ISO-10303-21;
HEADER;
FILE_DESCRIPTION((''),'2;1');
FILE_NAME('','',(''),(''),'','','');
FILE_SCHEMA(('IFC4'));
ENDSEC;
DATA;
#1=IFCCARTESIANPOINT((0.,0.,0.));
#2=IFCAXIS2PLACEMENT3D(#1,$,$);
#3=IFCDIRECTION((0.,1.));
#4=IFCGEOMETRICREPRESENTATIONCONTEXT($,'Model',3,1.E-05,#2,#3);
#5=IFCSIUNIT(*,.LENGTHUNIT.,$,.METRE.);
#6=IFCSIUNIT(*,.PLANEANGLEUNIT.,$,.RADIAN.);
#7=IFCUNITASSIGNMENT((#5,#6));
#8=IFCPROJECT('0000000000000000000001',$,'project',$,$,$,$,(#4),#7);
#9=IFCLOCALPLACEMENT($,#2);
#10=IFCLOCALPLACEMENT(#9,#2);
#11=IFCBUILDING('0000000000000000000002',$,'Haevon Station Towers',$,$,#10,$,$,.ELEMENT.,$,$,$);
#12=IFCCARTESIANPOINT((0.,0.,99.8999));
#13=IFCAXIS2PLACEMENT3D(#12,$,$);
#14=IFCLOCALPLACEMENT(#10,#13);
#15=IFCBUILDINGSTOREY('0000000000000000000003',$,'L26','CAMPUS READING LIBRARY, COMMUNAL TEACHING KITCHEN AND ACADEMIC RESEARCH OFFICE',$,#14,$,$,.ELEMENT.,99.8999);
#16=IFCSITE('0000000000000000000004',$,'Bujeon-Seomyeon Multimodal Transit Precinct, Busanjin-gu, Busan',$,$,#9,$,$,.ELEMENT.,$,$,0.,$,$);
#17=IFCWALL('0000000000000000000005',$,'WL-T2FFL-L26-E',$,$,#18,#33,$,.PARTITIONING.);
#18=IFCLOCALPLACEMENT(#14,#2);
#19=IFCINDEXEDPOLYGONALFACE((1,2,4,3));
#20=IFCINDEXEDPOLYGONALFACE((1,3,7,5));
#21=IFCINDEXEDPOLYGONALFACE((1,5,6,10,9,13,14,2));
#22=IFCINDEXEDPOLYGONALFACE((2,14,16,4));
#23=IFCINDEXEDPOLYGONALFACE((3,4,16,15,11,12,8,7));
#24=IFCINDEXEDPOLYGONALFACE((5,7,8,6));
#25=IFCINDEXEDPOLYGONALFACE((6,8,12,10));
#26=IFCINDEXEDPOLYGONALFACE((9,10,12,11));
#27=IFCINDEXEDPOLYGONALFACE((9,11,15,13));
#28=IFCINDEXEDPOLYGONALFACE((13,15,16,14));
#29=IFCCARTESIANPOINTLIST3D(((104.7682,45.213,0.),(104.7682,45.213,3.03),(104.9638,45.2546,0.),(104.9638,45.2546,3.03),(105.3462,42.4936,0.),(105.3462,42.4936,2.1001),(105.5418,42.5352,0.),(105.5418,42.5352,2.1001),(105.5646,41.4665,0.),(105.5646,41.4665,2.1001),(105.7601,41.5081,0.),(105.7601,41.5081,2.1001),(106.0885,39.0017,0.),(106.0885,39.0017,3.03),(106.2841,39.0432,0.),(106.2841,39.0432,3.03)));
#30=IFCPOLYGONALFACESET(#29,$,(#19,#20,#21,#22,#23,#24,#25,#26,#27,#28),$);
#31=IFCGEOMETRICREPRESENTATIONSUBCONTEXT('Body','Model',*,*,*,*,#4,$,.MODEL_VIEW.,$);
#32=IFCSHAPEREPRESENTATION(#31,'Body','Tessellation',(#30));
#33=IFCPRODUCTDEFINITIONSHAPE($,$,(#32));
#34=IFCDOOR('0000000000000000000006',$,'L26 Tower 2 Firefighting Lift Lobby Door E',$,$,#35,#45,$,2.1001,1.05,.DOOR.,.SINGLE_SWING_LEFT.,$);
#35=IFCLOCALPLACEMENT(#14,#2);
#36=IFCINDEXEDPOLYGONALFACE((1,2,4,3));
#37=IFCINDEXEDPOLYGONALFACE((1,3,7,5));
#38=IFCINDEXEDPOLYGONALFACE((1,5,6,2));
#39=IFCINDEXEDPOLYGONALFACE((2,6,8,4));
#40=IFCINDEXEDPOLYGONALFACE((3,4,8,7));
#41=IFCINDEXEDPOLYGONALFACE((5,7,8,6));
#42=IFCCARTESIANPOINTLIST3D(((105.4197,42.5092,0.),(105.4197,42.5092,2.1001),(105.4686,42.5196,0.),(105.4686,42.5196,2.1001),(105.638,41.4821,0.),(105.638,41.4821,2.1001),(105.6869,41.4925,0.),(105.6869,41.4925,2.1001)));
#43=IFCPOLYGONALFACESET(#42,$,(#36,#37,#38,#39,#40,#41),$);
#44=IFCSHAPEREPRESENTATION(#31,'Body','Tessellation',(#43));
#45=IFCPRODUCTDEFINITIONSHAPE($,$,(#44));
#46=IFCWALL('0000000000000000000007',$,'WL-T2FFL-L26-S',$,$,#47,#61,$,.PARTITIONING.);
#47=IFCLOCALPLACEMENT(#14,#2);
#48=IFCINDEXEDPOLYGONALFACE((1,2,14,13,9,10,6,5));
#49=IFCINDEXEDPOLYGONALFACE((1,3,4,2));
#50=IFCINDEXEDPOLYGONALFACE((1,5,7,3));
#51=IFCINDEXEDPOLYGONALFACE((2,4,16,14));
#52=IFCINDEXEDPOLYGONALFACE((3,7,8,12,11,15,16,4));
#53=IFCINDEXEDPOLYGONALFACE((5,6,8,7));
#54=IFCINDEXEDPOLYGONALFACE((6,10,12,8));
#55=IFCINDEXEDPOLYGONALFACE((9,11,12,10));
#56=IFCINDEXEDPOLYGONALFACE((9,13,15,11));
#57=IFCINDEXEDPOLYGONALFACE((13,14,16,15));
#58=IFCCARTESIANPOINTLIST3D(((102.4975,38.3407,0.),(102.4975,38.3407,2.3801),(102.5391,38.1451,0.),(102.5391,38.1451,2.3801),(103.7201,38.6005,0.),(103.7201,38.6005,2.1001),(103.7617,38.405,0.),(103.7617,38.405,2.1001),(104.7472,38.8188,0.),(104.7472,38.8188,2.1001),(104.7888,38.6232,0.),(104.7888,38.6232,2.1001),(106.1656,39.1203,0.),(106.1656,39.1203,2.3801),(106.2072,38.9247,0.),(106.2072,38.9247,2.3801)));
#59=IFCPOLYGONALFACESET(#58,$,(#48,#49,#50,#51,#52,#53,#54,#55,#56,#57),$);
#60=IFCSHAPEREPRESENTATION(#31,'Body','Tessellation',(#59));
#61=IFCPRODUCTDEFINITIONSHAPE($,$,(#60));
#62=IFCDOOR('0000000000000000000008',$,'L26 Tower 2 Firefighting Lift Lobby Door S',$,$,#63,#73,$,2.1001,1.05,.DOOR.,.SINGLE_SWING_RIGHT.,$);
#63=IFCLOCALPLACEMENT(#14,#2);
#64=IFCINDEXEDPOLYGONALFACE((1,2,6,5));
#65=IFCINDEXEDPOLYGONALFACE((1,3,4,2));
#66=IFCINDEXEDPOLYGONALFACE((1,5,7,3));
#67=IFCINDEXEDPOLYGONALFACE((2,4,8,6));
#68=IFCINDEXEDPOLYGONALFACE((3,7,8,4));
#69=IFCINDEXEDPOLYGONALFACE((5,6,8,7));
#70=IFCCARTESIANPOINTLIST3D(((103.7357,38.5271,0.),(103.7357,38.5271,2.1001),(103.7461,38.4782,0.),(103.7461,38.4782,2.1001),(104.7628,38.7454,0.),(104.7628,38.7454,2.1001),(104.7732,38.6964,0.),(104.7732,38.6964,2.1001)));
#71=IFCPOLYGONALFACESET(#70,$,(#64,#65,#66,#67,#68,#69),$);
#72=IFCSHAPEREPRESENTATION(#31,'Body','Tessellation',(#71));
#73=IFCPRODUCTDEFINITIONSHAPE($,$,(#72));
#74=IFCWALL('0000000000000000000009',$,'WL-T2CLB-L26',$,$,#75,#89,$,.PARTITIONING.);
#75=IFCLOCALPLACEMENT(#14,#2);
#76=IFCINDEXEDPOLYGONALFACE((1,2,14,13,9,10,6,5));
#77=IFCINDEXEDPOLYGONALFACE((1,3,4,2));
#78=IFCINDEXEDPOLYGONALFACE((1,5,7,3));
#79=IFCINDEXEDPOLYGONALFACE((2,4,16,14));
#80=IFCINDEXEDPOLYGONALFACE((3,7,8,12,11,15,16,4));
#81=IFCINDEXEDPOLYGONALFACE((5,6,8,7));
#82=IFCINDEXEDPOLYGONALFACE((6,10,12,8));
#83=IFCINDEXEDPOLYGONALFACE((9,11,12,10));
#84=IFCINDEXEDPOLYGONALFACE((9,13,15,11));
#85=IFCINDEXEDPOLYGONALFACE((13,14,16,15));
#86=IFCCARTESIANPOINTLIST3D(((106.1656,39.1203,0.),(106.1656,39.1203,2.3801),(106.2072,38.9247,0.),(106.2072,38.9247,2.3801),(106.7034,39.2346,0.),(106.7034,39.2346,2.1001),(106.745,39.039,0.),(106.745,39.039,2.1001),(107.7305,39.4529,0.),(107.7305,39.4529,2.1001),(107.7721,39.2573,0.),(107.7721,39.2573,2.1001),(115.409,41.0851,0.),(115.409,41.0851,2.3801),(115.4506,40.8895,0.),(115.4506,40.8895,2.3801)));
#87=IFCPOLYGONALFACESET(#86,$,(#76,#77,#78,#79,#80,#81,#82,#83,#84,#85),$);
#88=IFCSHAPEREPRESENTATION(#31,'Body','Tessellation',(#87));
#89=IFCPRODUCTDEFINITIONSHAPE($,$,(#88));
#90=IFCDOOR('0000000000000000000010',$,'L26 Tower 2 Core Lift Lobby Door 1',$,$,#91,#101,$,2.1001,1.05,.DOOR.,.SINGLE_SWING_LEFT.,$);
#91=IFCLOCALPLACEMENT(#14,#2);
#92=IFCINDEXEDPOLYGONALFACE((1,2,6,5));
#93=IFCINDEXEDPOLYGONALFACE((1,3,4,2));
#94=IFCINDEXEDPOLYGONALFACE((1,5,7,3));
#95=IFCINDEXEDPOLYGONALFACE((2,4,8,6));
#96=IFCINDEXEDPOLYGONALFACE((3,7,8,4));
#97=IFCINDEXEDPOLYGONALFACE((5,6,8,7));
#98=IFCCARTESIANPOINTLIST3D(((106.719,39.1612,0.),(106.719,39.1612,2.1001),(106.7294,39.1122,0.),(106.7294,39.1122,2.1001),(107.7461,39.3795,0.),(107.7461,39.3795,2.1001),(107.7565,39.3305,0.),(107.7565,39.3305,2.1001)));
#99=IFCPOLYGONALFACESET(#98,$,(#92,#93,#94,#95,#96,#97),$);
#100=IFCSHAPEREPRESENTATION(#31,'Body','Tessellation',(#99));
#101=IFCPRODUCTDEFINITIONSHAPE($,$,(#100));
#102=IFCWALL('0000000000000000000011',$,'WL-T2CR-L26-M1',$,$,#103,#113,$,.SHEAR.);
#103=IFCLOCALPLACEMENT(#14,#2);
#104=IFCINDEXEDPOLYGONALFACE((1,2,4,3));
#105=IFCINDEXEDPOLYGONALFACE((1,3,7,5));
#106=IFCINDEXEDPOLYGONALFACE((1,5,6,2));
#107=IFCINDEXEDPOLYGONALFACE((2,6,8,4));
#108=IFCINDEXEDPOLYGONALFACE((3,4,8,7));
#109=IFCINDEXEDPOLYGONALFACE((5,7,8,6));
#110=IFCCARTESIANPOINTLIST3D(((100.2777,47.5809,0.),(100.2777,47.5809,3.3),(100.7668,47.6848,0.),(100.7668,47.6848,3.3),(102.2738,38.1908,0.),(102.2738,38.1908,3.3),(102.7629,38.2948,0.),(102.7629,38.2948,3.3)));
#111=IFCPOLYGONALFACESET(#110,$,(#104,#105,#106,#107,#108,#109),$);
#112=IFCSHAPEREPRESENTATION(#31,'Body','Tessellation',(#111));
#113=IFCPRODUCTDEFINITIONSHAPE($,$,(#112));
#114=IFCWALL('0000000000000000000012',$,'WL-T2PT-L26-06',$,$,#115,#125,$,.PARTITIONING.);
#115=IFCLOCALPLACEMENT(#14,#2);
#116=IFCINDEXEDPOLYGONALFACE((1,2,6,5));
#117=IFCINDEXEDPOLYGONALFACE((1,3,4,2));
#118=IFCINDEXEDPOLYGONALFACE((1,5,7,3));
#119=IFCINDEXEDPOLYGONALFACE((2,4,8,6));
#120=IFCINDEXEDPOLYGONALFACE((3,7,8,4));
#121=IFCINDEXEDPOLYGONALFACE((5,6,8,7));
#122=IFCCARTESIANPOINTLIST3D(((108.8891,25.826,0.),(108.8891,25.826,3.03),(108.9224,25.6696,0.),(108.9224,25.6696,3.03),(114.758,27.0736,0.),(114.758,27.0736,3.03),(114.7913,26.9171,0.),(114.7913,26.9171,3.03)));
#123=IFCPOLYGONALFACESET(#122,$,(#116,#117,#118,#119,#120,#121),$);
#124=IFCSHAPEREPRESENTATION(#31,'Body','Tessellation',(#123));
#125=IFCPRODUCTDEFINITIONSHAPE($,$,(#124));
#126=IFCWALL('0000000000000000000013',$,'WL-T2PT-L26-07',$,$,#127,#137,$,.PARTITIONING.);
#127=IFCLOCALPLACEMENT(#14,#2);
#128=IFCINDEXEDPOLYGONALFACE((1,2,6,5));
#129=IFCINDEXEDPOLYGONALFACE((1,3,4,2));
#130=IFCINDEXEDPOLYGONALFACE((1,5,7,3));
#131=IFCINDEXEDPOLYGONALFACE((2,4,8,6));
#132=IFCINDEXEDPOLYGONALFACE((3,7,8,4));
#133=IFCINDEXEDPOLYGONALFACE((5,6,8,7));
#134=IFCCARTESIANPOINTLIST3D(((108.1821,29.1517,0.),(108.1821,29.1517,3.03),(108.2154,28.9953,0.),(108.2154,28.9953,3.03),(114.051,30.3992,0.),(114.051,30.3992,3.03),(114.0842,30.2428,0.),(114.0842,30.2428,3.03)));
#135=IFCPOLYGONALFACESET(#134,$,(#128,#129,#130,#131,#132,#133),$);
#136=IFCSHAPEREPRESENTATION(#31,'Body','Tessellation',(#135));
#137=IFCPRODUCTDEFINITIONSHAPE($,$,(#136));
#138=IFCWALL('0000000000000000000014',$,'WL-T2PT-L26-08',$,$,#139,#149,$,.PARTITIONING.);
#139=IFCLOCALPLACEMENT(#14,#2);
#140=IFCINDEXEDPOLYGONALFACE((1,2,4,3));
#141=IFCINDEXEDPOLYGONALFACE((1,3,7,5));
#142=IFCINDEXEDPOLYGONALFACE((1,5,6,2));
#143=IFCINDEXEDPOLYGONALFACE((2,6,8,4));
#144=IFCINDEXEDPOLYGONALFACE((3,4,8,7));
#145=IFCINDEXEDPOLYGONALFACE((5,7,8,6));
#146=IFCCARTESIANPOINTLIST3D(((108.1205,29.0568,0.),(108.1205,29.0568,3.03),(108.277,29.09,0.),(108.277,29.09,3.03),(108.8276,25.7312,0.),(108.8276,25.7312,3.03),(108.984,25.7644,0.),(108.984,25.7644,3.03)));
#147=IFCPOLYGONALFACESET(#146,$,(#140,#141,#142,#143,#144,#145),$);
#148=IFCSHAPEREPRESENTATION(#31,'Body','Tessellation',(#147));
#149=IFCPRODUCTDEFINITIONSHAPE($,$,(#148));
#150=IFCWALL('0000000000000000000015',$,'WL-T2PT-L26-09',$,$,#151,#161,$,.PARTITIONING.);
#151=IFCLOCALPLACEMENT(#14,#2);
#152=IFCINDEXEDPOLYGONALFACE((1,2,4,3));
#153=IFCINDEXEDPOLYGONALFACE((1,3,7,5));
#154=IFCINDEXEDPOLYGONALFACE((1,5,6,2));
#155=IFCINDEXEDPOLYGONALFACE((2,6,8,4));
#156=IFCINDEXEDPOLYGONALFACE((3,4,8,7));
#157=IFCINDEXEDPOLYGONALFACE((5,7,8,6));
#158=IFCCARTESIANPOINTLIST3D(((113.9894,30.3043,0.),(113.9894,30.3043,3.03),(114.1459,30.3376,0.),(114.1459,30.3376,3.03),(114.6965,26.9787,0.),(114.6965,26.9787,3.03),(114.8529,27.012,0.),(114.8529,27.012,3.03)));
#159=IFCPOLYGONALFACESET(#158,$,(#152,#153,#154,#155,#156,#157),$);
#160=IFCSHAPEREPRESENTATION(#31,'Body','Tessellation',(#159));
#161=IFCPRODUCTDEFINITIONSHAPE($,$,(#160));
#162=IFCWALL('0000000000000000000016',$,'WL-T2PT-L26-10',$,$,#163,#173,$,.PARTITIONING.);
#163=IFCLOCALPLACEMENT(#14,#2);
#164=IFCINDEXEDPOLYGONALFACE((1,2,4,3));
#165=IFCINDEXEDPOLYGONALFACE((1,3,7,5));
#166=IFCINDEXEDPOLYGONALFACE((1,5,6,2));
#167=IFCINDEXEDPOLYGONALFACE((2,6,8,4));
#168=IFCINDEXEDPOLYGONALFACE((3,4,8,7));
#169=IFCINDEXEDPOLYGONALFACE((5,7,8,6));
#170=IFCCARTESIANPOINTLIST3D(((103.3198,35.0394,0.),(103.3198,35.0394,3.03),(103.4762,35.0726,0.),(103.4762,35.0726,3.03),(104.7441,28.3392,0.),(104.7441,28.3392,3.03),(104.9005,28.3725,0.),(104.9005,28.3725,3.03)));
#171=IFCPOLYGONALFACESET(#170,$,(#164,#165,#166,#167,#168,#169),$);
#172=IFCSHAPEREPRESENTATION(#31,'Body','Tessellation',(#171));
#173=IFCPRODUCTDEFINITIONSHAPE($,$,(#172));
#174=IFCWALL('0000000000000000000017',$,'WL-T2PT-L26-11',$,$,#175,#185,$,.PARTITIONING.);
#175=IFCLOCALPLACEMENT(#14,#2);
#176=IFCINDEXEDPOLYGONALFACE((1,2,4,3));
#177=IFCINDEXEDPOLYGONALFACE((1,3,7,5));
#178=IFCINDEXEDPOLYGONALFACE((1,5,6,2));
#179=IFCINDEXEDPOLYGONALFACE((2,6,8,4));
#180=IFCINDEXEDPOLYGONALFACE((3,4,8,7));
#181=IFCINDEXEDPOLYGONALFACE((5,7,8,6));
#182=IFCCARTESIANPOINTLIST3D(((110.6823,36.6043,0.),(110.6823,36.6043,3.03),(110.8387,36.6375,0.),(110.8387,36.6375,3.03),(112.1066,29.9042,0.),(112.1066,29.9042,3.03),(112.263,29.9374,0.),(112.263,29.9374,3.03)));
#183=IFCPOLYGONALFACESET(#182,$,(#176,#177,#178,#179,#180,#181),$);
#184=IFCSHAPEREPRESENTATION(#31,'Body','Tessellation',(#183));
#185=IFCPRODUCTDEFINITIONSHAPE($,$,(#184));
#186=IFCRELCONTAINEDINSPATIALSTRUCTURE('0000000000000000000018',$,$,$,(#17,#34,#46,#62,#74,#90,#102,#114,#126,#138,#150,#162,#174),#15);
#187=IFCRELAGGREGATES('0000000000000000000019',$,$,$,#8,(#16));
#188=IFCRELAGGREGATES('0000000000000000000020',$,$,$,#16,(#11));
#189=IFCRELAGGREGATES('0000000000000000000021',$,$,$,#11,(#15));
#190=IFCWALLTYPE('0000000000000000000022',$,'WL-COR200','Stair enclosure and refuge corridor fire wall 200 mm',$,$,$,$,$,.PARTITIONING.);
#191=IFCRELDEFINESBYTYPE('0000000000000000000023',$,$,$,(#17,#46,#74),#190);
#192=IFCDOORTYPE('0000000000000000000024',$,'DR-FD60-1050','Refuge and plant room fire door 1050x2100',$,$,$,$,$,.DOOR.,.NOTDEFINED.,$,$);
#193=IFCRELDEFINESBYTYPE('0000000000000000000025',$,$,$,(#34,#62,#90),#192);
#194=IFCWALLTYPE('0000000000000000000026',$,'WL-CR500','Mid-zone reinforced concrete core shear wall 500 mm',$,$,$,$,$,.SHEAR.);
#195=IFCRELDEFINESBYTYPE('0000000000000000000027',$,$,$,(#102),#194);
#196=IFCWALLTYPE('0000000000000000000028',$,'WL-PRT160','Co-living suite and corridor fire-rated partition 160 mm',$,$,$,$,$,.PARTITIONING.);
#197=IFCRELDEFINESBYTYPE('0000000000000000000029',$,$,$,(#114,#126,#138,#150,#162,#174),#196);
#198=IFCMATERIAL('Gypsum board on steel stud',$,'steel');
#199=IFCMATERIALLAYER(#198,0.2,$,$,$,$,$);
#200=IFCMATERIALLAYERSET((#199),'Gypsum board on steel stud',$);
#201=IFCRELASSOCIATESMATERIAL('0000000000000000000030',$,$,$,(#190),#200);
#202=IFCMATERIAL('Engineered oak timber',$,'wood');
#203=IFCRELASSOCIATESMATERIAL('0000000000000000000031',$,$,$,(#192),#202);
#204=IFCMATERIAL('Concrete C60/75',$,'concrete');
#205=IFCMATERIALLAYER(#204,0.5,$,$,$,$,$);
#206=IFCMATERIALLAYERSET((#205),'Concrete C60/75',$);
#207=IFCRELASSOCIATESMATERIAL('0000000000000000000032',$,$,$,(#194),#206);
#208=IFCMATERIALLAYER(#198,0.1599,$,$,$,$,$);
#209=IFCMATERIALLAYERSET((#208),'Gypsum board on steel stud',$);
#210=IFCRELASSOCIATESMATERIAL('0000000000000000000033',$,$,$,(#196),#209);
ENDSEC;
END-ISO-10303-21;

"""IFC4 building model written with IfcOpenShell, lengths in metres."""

from ifc_helpers import new_model, si_unit, direction, frame, frame_2d, origin, place, context, subcontext, project, spatial, rectangle, extrude, material, layer, layer_set, type_object, element, fill, save


model = new_model("IFC4")

# Units and contexts
model_context = context("Model", 3, precision=1e-05, world=origin(), true_north=direction((0.0, 1.0)))
body_context = subcontext(model_context, "Body", "Model", "MODEL_VIEW")
ifc_project = project(units=[si_unit("LENGTHUNIT", "METRE"), si_unit("PLANEANGLEUNIT", "RADIAN")], contexts=[model_context])

# Site, building, storey
site_placement = place(None, origin())
site = spatial("IfcSite", under=ifc_project, at=site_placement, Name="Bujeon-Seomyeon Multimodal Transit Precinct, Busanjin-gu, Busan", CompositionType="ELEMENT", RefElevation=0.0)
building_placement = place(site_placement, origin())
building = spatial("IfcBuilding", under=site, at=building_placement, Name="Haevon Station Towers", CompositionType="ELEMENT")
storey_placement = place(building_placement, frame((0.0, 0.0, 99.8999)))
storey = spatial("IfcBuildingStorey", under=building, at=storey_placement, Name="L26", Description="CAMPUS READING LIBRARY, COMMUNAL TEACHING KITCHEN AND ACADEMIC RESEARCH OFFICE", CompositionType="ELEMENT", Elevation=99.8999)

# Walls, openings, doors
ifc_material_1 = material(Name="Gypsum board on steel stud", Category="steel")
ifc_layer_1 = layer(ifc_material_1, 0.2)
ifc_layer_set_1 = layer_set([ifc_layer_1], Name="Gypsum board on steel stud")
wall_type_1 = type_object("IfcWallType", Name="WL-COR200", Description="Stair enclosure and refuge corridor fire wall 200 mm", PredefinedType="PARTITIONING", material=ifc_layer_set_1)
wall_1_placement = place(storey_placement, frame((106.1863, 39.0225, 0.0), z_axis=(0.0, 0.0, 1.0), x_axis=(-0.207917, 0.978147, 0.0)))
wall_1 = element("IfcWall", 1, at=wall_1_placement, inside=storey, type_object=wall_type_1, Name="WL-T2FFL-L26-E", PredefinedType="PARTITIONING", context=body_context, shape_type="SweptSolid", body=[
    extrude(rectangle(XDim=6.3501, YDim=0.2, at=frame_2d((3.175, 0.0))), origin(), (0.0, 0.0, 1.0), 3.03),
])
opening_1_placement = place(wall_1_placement, frame((2.52, 0.0, 0.0)))
opening_1 = element("IfcOpeningElement", 2, at=opening_1_placement, cuts=wall_1, PredefinedType="OPENING", context=body_context, shape_type="SweptSolid", body=[
    extrude(rectangle(XDim=1.05, YDim=2.1001, at=frame_2d((0.5249, 1.05))), frame((0.0, 0.1099, 0.0), z_axis=(0.0, -1.0, 0.0), x_axis=(1.0, 0.0, 0.0)), (0.0, 0.0, 1.0), 0.22),
])
ifc_material_2 = material(Name="Engineered oak timber", Category="wood")
door_type = type_object("IfcDoorType", Name="DR-FD60-1050", Description="Refuge and plant room fire door 1050x2100", OperationType="NOTDEFINED", PredefinedType="DOOR", material=ifc_material_2)
door_1_placement = place(opening_1_placement, origin())
door_1 = element("IfcDoor", 3, at=door_1_placement, inside=storey, type_object=door_type, Name="L26 Tower 2 Firefighting Lift Lobby Door E", OperationType="SINGLE_SWING_LEFT", OverallHeight=2.1001, OverallWidth=1.05, PredefinedType="DOOR", context=body_context, shape_type="SweptSolid", body=[
    extrude(rectangle(XDim=1.05, YDim=2.1001, at=frame_2d((0.5249, 1.05))), frame((0.0, 0.0249, 0.0), z_axis=(0.0, -1.0, 0.0), x_axis=(1.0, 0.0, 0.0)), (0.0, 0.0, 1.0), 0.05),
])
fill(opening_1, door_1)
wall_2_placement = place(storey_placement, frame((102.5183, 38.2429, 0.0), z_axis=(0.0, 0.0, 1.0), x_axis=(0.978154, 0.207884, 0.0)))
wall_2 = element("IfcWall", 4, at=wall_2_placement, inside=storey, type_object=wall_type_1, Name="WL-T2FFL-L26-S", PredefinedType="PARTITIONING", context=body_context, shape_type="SweptSolid", body=[
    extrude(rectangle(XDim=3.75, YDim=0.2, at=frame_2d((1.875, 0.0))), origin(), (0.0, 0.0, 1.0), 2.3801),
])
opening_2_placement = place(wall_2_placement, frame((1.25, 0.0, 0.0)))
opening_2 = element("IfcOpeningElement", 5, at=opening_2_placement, cuts=wall_2, PredefinedType="OPENING", context=body_context, shape_type="SweptSolid", body=[
    extrude(rectangle(XDim=1.05, YDim=2.1001, at=frame_2d((0.5249, 1.05))), frame((0.0, 0.1099, 0.0), z_axis=(0.0, -1.0, 0.0), x_axis=(1.0, 0.0, 0.0)), (0.0, 0.0, 1.0), 0.22),
])
door_2_placement = place(opening_2_placement, origin())
door_2 = element("IfcDoor", 6, at=door_2_placement, inside=storey, type_object=door_type, Name="L26 Tower 2 Firefighting Lift Lobby Door S", OperationType="SINGLE_SWING_RIGHT", OverallHeight=2.1001, OverallWidth=1.05, PredefinedType="DOOR", context=body_context, shape_type="SweptSolid", body=[
    extrude(rectangle(XDim=1.05, YDim=2.1001, at=frame_2d((0.5249, 1.05))), frame((0.0, 0.0249, 0.0), z_axis=(0.0, -1.0, 0.0), x_axis=(1.0, 0.0, 0.0)), (0.0, 0.0, 1.0), 0.05),
])
fill(opening_2, door_2)
wall_3_placement = place(storey_placement, frame((106.1863, 39.0225, 0.0), z_axis=(0.0, 0.0, 1.0), x_axis=(0.978146, 0.207921, 0.0)))
wall_3 = element("IfcWall", 7, at=wall_3_placement, inside=storey, type_object=wall_type_1, Name="WL-T2CLB-L26", PredefinedType="PARTITIONING", context=body_context, shape_type="SweptSolid", body=[
    extrude(rectangle(XDim=9.45, YDim=0.2, at=frame_2d((4.7251, 0.0))), origin(), (0.0, 0.0, 1.0), 2.3801),
])
opening_3_placement = place(wall_3_placement, frame((0.55, 0.0, 0.0)))
opening_3 = element("IfcOpeningElement", 8, at=opening_3_placement, cuts=wall_3, PredefinedType="OPENING", context=body_context, shape_type="SweptSolid", body=[
    extrude(rectangle(XDim=1.05, YDim=2.1001, at=frame_2d((0.5249, 1.05))), frame((0.0, 0.1099, 0.0), z_axis=(0.0, -1.0, 0.0), x_axis=(1.0, 0.0, 0.0)), (0.0, 0.0, 1.0), 0.22),
])
door_3_placement = place(opening_3_placement, origin())
door_3 = element("IfcDoor", 9, at=door_3_placement, inside=storey, type_object=door_type, Name="L26 Tower 2 Core Lift Lobby Door 1", OperationType="SINGLE_SWING_LEFT", OverallHeight=2.1001, OverallWidth=1.05, PredefinedType="DOOR", context=body_context, shape_type="SweptSolid", body=[
    extrude(rectangle(XDim=1.05, YDim=2.1001, at=frame_2d((0.5249, 1.05))), frame((0.0, 0.0249, 0.0), z_axis=(0.0, -1.0, 0.0), x_axis=(1.0, 0.0, 0.0)), (0.0, 0.0, 1.0), 0.05),
])
fill(opening_3, door_3)

# Walls
ifc_material_3 = material(Name="Concrete C60/75", Category="concrete")
ifc_layer_2 = layer(ifc_material_3, 0.5)
ifc_layer_set_2 = layer_set([ifc_layer_2], Name="Concrete C60/75")
wall_type_2 = type_object("IfcWallType", Name="WL-CR500", Description="Mid-zone reinforced concrete core shear wall 500 mm", PredefinedType="SHEAR", material=ifc_layer_set_2)
wall_4_placement = place(storey_placement, frame((102.5183, 38.2429, 0.0), z_axis=(0.0, 0.0, 1.0), x_axis=(-0.207927, 0.978144, 0.0)))
element("IfcWall", 10, at=wall_4_placement, inside=storey, type_object=wall_type_2, Name="WL-T2CR-L26-M1", PredefinedType="SHEAR", context=body_context, shape_type="SweptSolid", body=[
    extrude(rectangle(XDim=9.5999, YDim=0.5, at=frame_2d((4.7998, 0.0))), origin(), (0.0, 0.0, 1.0), 3.3),
])
ifc_layer_3 = layer(ifc_material_1, 0.1599)
ifc_layer_set_3 = layer_set([ifc_layer_3], Name="Gypsum board on steel stud")
wall_type_3 = type_object("IfcWallType", Name="WL-PRT160", Description="Co-living suite and corridor fire-rated partition 160 mm", PredefinedType="PARTITIONING", material=ifc_layer_set_3)
for number, where, z_axis, x_axis, name in (
    (11, (108.9058, 25.7478, 0.0), (0.0, 0.0, 1.0), (0.978145, 0.207925, 0.0), "WL-T2PT-L26-06"),
    (12, (108.1987, 29.0735, 0.0), (0.0, 0.0, 1.0), (0.978145, 0.207925, 0.0), "WL-T2PT-L26-07"),
):
    element("IfcWall", number, at=place(storey_placement, frame(where, z_axis=z_axis, x_axis=x_axis)), inside=storey, type_object=wall_type_3, Name=name, PredefinedType="PARTITIONING", context=body_context, shape_type="SweptSolid", body=[
        extrude(rectangle(XDim=6.0, YDim=0.1599, at=frame_2d((3.0, 0.0))), origin(), (0.0, 0.0, 1.0), 3.03),
    ])
for number, where, z_axis, x_axis, name in (
    (13, (108.9058, 25.7478, 0.0), (0.0, 0.0, 1.0), (-0.20795, 0.97814, 0.0), "WL-T2PT-L26-08"),
    (14, (114.7747, 26.9954, 0.0), (0.0, 0.0, 1.0), (-0.20795, 0.97814, 0.0), "WL-T2PT-L26-09"),
):
    element("IfcWall", number, at=place(storey_placement, frame(where, z_axis=z_axis, x_axis=x_axis)), inside=storey, type_object=wall_type_3, Name=name, PredefinedType="PARTITIONING", context=body_context, shape_type="SweptSolid", body=[
        extrude(rectangle(XDim=3.3999, YDim=0.1599, at=frame_2d((1.7, 0.0))), origin(), (0.0, 0.0, 1.0), 3.03),
    ])
for number, where, z_axis, x_axis, name in (
    (15, (104.8223, 28.356, 0.0), (0.0, 0.0, 1.0), (-0.207932, 0.978143, 0.0), "WL-T2PT-L26-10"),
    (16, (112.1848, 29.9209, 0.0), (0.0, 0.0, 1.0), (-0.207932, 0.978143, 0.0), "WL-T2PT-L26-11"),
):
    element("IfcWall", number, at=place(storey_placement, frame(where, z_axis=z_axis, x_axis=x_axis)), inside=storey, type_object=wall_type_3, Name=name, PredefinedType="PARTITIONING", context=body_context, shape_type="SweptSolid", body=[
        extrude(rectangle(XDim=6.8499, YDim=0.1599, at=frame_2d((3.4248, 0.0))), origin(), (0.0, 0.0, 1.0), 3.03),
    ])

save(model, "model.ifc")
